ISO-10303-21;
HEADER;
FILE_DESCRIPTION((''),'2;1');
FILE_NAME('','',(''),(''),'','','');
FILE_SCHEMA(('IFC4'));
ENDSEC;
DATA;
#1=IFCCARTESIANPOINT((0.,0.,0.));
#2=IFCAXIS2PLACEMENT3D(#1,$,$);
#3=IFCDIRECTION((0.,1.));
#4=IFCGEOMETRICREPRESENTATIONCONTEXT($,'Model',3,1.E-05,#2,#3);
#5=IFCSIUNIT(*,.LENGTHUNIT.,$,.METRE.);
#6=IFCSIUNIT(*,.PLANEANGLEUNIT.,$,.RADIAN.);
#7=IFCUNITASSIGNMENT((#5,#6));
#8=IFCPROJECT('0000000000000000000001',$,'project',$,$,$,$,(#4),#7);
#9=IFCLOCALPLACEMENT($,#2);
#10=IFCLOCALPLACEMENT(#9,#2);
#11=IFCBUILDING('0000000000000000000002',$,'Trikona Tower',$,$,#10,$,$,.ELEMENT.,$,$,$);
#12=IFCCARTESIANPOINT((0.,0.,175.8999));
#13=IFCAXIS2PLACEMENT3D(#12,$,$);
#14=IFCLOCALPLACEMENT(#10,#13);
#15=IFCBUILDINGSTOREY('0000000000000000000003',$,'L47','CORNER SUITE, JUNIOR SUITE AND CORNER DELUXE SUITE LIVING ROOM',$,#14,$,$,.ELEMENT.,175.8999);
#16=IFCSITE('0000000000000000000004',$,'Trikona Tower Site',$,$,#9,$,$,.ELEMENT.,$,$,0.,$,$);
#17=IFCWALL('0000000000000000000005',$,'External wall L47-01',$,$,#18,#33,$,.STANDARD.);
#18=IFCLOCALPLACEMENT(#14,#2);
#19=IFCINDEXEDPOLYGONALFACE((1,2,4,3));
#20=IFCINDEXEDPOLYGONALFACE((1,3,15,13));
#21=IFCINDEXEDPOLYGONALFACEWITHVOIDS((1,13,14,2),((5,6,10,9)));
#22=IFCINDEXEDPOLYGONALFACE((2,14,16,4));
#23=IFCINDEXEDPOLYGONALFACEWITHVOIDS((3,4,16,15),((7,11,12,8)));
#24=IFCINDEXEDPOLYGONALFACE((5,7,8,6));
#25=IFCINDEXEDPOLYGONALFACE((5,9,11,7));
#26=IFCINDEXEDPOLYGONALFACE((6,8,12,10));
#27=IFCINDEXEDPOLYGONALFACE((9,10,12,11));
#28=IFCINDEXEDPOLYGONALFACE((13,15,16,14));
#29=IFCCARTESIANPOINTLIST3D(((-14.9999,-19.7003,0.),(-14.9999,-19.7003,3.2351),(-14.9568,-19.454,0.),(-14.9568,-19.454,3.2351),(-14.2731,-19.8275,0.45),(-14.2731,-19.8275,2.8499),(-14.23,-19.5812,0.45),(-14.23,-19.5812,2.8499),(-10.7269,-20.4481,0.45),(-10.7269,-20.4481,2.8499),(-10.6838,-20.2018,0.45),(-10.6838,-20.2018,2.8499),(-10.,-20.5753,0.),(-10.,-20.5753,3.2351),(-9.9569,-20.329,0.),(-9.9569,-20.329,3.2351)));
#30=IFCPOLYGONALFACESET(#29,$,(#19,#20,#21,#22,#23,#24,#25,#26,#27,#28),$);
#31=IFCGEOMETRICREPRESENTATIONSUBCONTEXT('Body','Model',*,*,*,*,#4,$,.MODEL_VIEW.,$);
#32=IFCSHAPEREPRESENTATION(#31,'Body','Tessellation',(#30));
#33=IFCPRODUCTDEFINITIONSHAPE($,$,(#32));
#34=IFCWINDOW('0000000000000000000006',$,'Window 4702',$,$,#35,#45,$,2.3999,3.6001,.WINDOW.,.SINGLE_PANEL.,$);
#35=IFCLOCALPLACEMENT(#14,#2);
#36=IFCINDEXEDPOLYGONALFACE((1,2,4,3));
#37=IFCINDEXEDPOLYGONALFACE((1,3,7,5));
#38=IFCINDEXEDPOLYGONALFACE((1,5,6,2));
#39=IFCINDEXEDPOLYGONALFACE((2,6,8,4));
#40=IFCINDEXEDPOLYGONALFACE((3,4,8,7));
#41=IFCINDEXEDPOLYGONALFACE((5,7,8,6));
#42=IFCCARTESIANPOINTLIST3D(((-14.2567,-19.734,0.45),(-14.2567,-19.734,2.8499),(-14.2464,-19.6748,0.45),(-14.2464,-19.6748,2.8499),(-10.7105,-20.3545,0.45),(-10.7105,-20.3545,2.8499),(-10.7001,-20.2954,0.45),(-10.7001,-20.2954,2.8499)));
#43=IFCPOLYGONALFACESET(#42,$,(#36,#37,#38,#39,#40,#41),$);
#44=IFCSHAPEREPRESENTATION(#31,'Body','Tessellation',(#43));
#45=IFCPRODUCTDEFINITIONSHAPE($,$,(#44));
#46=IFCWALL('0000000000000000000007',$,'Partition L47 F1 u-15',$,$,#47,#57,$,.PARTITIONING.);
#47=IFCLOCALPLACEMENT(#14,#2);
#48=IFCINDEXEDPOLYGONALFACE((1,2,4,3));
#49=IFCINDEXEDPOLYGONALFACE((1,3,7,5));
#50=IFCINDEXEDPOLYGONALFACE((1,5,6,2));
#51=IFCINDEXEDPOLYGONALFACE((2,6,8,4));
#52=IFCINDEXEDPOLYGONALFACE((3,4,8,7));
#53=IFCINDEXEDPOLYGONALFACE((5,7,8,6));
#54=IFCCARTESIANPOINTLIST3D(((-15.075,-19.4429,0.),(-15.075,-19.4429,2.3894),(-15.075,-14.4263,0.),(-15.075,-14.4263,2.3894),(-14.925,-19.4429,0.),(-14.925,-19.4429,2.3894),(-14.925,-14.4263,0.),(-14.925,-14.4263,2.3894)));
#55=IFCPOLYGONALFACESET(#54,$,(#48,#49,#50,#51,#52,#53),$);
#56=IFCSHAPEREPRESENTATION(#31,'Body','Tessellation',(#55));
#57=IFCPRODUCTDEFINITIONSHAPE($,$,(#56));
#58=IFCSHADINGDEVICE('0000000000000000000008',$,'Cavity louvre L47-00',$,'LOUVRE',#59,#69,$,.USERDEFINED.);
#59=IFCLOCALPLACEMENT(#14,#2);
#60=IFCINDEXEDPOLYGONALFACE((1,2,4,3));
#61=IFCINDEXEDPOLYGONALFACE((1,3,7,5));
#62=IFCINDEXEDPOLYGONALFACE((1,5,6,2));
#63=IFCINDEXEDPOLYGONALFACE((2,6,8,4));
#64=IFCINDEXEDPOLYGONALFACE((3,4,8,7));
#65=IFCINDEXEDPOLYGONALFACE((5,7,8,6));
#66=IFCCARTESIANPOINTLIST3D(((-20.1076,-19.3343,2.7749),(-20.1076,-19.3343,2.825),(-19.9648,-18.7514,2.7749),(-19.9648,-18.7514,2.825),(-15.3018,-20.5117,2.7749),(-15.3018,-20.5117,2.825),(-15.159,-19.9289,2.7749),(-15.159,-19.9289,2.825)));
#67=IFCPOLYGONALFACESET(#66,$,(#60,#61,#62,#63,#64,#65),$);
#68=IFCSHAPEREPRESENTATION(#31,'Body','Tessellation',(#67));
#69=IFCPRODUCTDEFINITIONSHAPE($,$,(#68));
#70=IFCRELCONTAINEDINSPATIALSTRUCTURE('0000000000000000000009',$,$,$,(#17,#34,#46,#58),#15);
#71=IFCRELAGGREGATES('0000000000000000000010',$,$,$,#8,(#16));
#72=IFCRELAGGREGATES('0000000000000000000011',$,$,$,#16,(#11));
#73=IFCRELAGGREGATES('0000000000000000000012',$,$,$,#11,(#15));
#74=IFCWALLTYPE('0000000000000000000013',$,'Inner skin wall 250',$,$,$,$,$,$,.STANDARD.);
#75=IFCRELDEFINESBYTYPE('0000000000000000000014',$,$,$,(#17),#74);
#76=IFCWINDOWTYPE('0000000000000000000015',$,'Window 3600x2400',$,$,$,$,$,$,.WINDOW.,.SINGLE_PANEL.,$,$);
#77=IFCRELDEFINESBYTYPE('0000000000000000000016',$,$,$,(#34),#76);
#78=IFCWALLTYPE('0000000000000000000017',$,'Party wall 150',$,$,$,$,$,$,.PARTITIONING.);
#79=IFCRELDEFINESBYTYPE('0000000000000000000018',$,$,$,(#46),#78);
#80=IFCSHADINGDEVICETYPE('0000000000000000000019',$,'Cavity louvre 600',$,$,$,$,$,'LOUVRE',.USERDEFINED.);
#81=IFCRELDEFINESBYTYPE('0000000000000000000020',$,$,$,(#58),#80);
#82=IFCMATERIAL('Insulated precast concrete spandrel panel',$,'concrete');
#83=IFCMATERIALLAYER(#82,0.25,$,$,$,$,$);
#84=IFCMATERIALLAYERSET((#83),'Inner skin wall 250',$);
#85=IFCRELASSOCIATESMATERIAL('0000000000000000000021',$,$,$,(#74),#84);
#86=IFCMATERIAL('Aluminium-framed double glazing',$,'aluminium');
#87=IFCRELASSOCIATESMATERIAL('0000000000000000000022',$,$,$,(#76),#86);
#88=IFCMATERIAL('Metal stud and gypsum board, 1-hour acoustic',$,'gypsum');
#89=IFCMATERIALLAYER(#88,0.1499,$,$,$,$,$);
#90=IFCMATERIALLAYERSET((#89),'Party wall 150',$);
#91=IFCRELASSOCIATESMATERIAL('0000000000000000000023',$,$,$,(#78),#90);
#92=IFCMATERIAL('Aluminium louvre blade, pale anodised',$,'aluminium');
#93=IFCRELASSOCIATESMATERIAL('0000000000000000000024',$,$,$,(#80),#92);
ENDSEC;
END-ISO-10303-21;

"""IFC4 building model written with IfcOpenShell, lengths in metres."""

from ifc_helpers import new_model, si_unit, direction, frame, frame_2d, origin, origin_2d, place, context, subcontext, project, spatial, rectangle, extrude, material, layer, layer_set, type_object, element, fill, save


model = new_model("IFC4")

# Units and contexts
model_context = context("Model", 3, precision=1e-05, world=origin(), true_north=direction((0.0, 1.0)))
body_context = subcontext(model_context, "Body", "Model", "MODEL_VIEW")
ifc_project = project(units=[si_unit("LENGTHUNIT", "METRE"), si_unit("PLANEANGLEUNIT", "RADIAN")], contexts=[model_context])

# Site, building, storey
site_placement = place(None, origin())
site = spatial("IfcSite", under=ifc_project, at=site_placement, Name="Trikona Tower Site", CompositionType="ELEMENT", RefElevation=0.0)
building_placement = place(site_placement, origin())
building = spatial("IfcBuilding", under=site, at=building_placement, Name="Trikona Tower", CompositionType="ELEMENT")
storey_placement = place(building_placement, frame((0.0, 0.0, 175.8999)))
storey = spatial("IfcBuildingStorey", under=building, at=storey_placement, Name="L47", Description="CORNER SUITE, JUNIOR SUITE AND CORNER DELUXE SUITE LIVING ROOM", CompositionType="ELEMENT", Elevation=175.8999)

# Wall, opening, window
ifc_material_1 = material(Name="Insulated precast concrete spandrel panel", Category="concrete")
ifc_layer_1 = layer(ifc_material_1, 0.25)
ifc_layer_set_1 = layer_set([ifc_layer_1], Name="Inner skin wall 250")
wall_type_1 = type_object("IfcWallType", Name="Inner skin wall 250", PredefinedType="STANDARD", material=ifc_layer_set_1)
wall_1_placement = place(storey_placement, frame((-14.9785, -19.5771, 0.0), z_axis=(0.0, 0.0, 1.0), x_axis=(0.98503, -0.17238, 0.0)))
wall_1 = element("IfcWall", 1, at=wall_1_placement, inside=storey, type_object=wall_type_1, Name="External wall L47-01", PredefinedType="STANDARD", context=body_context, shape_type="SweptSolid", body=[
    extrude(rectangle(XDim=5.0759, YDim=0.25, at=frame_2d((2.5381, 0.0))), origin(), (0.0, 0.0, 1.0), 3.2351),
])
opening_1_placement = place(wall_1_placement, frame((0.738, 0.0, 0.45)))
opening_1 = element("IfcOpeningElement", 2, at=opening_1_placement, cuts=wall_1, PredefinedType="OPENING", context=body_context, shape_type="SweptSolid", body=[
    extrude(rectangle(XDim=3.6001, YDim=2.3999, at=frame_2d((1.8, 1.2))), frame((0.0, 0.135, 0.0), z_axis=(0.0, -1.0, 0.0), x_axis=(1.0, 0.0, 0.0)), (0.0, 0.0, 1.0), 0.27),
])
ifc_material_2 = material(Name="Aluminium-framed double glazing", Category="aluminium")
window_type = type_object("IfcWindowType", Name="Window 3600x2400", PartitioningType="SINGLE_PANEL", PredefinedType="WINDOW", material=ifc_material_2)
window_placement = place(opening_1_placement, origin())
window = element("IfcWindow", 3, at=window_placement, inside=storey, type_object=window_type, Name="Window 4702", OverallHeight=2.3999, OverallWidth=3.6001, PartitioningType="SINGLE_PANEL", PredefinedType="WINDOW", context=body_context, shape_type="SweptSolid", body=[
    extrude(rectangle(XDim=3.6001, YDim=2.3999, at=frame_2d((1.8, 1.2))), frame((0.0, 0.03, 0.0), z_axis=(0.0, -1.0, 0.0), x_axis=(1.0, 0.0, 0.0)), (0.0, 0.0, 1.0), 0.0601),
])
fill(opening_1, window)

# Wall
ifc_material_3 = material(Name="Metal stud and gypsum board, 1-hour acoustic", Category="gypsum")
ifc_layer_2 = layer(ifc_material_3, 0.1499)
ifc_layer_set_2 = layer_set([ifc_layer_2], Name="Party wall 150")
wall_type_2 = type_object("IfcWallType", Name="Party wall 150", PredefinedType="PARTITIONING", material=ifc_layer_set_2)
wall_2_placement = place(storey_placement, frame((-15.0, -14.4263, 0.0), z_axis=(0.0, 0.0, 1.0), x_axis=(0.0, -1.0, 0.0)))
element("IfcWall", 4, at=wall_2_placement, inside=storey, type_object=wall_type_2, Name="Partition L47 F1 u-15", PredefinedType="PARTITIONING", context=body_context, shape_type="SweptSolid", body=[
    extrude(rectangle(XDim=5.0166, YDim=0.1499, at=frame_2d((2.5083, 0.0))), origin(), (0.0, 0.0, 1.0), 2.3894),
])

# Shading device
ifc_material_4 = material(Name="Aluminium louvre blade, pale anodised", Category="aluminium")
shading_device_type = type_object("IfcShadingDeviceType", Name="Cavity louvre 600", ElementType="LOUVRE", PredefinedType="USERDEFINED", material=ifc_material_4)
shading_device_placement = place(storey_placement, frame((-17.6333, -19.6316, 2.7749), z_axis=(0.0, 0.0, 1.0), x_axis=(0.971274, -0.237962, 0.0)))
element("IfcShadingDevice", 5, at=shading_device_placement, inside=storey, type_object=shading_device_type, Name="Cavity louvre L47-00", ObjectType="LOUVRE", PredefinedType="USERDEFINED", context=body_context, shape_type="SweptSolid", body=[
    extrude(rectangle(XDim=4.948, YDim=0.6001, at=origin_2d()), origin(), (0.0, 0.0, 1.0), 0.05),
])

save(model, "model.ifc")
